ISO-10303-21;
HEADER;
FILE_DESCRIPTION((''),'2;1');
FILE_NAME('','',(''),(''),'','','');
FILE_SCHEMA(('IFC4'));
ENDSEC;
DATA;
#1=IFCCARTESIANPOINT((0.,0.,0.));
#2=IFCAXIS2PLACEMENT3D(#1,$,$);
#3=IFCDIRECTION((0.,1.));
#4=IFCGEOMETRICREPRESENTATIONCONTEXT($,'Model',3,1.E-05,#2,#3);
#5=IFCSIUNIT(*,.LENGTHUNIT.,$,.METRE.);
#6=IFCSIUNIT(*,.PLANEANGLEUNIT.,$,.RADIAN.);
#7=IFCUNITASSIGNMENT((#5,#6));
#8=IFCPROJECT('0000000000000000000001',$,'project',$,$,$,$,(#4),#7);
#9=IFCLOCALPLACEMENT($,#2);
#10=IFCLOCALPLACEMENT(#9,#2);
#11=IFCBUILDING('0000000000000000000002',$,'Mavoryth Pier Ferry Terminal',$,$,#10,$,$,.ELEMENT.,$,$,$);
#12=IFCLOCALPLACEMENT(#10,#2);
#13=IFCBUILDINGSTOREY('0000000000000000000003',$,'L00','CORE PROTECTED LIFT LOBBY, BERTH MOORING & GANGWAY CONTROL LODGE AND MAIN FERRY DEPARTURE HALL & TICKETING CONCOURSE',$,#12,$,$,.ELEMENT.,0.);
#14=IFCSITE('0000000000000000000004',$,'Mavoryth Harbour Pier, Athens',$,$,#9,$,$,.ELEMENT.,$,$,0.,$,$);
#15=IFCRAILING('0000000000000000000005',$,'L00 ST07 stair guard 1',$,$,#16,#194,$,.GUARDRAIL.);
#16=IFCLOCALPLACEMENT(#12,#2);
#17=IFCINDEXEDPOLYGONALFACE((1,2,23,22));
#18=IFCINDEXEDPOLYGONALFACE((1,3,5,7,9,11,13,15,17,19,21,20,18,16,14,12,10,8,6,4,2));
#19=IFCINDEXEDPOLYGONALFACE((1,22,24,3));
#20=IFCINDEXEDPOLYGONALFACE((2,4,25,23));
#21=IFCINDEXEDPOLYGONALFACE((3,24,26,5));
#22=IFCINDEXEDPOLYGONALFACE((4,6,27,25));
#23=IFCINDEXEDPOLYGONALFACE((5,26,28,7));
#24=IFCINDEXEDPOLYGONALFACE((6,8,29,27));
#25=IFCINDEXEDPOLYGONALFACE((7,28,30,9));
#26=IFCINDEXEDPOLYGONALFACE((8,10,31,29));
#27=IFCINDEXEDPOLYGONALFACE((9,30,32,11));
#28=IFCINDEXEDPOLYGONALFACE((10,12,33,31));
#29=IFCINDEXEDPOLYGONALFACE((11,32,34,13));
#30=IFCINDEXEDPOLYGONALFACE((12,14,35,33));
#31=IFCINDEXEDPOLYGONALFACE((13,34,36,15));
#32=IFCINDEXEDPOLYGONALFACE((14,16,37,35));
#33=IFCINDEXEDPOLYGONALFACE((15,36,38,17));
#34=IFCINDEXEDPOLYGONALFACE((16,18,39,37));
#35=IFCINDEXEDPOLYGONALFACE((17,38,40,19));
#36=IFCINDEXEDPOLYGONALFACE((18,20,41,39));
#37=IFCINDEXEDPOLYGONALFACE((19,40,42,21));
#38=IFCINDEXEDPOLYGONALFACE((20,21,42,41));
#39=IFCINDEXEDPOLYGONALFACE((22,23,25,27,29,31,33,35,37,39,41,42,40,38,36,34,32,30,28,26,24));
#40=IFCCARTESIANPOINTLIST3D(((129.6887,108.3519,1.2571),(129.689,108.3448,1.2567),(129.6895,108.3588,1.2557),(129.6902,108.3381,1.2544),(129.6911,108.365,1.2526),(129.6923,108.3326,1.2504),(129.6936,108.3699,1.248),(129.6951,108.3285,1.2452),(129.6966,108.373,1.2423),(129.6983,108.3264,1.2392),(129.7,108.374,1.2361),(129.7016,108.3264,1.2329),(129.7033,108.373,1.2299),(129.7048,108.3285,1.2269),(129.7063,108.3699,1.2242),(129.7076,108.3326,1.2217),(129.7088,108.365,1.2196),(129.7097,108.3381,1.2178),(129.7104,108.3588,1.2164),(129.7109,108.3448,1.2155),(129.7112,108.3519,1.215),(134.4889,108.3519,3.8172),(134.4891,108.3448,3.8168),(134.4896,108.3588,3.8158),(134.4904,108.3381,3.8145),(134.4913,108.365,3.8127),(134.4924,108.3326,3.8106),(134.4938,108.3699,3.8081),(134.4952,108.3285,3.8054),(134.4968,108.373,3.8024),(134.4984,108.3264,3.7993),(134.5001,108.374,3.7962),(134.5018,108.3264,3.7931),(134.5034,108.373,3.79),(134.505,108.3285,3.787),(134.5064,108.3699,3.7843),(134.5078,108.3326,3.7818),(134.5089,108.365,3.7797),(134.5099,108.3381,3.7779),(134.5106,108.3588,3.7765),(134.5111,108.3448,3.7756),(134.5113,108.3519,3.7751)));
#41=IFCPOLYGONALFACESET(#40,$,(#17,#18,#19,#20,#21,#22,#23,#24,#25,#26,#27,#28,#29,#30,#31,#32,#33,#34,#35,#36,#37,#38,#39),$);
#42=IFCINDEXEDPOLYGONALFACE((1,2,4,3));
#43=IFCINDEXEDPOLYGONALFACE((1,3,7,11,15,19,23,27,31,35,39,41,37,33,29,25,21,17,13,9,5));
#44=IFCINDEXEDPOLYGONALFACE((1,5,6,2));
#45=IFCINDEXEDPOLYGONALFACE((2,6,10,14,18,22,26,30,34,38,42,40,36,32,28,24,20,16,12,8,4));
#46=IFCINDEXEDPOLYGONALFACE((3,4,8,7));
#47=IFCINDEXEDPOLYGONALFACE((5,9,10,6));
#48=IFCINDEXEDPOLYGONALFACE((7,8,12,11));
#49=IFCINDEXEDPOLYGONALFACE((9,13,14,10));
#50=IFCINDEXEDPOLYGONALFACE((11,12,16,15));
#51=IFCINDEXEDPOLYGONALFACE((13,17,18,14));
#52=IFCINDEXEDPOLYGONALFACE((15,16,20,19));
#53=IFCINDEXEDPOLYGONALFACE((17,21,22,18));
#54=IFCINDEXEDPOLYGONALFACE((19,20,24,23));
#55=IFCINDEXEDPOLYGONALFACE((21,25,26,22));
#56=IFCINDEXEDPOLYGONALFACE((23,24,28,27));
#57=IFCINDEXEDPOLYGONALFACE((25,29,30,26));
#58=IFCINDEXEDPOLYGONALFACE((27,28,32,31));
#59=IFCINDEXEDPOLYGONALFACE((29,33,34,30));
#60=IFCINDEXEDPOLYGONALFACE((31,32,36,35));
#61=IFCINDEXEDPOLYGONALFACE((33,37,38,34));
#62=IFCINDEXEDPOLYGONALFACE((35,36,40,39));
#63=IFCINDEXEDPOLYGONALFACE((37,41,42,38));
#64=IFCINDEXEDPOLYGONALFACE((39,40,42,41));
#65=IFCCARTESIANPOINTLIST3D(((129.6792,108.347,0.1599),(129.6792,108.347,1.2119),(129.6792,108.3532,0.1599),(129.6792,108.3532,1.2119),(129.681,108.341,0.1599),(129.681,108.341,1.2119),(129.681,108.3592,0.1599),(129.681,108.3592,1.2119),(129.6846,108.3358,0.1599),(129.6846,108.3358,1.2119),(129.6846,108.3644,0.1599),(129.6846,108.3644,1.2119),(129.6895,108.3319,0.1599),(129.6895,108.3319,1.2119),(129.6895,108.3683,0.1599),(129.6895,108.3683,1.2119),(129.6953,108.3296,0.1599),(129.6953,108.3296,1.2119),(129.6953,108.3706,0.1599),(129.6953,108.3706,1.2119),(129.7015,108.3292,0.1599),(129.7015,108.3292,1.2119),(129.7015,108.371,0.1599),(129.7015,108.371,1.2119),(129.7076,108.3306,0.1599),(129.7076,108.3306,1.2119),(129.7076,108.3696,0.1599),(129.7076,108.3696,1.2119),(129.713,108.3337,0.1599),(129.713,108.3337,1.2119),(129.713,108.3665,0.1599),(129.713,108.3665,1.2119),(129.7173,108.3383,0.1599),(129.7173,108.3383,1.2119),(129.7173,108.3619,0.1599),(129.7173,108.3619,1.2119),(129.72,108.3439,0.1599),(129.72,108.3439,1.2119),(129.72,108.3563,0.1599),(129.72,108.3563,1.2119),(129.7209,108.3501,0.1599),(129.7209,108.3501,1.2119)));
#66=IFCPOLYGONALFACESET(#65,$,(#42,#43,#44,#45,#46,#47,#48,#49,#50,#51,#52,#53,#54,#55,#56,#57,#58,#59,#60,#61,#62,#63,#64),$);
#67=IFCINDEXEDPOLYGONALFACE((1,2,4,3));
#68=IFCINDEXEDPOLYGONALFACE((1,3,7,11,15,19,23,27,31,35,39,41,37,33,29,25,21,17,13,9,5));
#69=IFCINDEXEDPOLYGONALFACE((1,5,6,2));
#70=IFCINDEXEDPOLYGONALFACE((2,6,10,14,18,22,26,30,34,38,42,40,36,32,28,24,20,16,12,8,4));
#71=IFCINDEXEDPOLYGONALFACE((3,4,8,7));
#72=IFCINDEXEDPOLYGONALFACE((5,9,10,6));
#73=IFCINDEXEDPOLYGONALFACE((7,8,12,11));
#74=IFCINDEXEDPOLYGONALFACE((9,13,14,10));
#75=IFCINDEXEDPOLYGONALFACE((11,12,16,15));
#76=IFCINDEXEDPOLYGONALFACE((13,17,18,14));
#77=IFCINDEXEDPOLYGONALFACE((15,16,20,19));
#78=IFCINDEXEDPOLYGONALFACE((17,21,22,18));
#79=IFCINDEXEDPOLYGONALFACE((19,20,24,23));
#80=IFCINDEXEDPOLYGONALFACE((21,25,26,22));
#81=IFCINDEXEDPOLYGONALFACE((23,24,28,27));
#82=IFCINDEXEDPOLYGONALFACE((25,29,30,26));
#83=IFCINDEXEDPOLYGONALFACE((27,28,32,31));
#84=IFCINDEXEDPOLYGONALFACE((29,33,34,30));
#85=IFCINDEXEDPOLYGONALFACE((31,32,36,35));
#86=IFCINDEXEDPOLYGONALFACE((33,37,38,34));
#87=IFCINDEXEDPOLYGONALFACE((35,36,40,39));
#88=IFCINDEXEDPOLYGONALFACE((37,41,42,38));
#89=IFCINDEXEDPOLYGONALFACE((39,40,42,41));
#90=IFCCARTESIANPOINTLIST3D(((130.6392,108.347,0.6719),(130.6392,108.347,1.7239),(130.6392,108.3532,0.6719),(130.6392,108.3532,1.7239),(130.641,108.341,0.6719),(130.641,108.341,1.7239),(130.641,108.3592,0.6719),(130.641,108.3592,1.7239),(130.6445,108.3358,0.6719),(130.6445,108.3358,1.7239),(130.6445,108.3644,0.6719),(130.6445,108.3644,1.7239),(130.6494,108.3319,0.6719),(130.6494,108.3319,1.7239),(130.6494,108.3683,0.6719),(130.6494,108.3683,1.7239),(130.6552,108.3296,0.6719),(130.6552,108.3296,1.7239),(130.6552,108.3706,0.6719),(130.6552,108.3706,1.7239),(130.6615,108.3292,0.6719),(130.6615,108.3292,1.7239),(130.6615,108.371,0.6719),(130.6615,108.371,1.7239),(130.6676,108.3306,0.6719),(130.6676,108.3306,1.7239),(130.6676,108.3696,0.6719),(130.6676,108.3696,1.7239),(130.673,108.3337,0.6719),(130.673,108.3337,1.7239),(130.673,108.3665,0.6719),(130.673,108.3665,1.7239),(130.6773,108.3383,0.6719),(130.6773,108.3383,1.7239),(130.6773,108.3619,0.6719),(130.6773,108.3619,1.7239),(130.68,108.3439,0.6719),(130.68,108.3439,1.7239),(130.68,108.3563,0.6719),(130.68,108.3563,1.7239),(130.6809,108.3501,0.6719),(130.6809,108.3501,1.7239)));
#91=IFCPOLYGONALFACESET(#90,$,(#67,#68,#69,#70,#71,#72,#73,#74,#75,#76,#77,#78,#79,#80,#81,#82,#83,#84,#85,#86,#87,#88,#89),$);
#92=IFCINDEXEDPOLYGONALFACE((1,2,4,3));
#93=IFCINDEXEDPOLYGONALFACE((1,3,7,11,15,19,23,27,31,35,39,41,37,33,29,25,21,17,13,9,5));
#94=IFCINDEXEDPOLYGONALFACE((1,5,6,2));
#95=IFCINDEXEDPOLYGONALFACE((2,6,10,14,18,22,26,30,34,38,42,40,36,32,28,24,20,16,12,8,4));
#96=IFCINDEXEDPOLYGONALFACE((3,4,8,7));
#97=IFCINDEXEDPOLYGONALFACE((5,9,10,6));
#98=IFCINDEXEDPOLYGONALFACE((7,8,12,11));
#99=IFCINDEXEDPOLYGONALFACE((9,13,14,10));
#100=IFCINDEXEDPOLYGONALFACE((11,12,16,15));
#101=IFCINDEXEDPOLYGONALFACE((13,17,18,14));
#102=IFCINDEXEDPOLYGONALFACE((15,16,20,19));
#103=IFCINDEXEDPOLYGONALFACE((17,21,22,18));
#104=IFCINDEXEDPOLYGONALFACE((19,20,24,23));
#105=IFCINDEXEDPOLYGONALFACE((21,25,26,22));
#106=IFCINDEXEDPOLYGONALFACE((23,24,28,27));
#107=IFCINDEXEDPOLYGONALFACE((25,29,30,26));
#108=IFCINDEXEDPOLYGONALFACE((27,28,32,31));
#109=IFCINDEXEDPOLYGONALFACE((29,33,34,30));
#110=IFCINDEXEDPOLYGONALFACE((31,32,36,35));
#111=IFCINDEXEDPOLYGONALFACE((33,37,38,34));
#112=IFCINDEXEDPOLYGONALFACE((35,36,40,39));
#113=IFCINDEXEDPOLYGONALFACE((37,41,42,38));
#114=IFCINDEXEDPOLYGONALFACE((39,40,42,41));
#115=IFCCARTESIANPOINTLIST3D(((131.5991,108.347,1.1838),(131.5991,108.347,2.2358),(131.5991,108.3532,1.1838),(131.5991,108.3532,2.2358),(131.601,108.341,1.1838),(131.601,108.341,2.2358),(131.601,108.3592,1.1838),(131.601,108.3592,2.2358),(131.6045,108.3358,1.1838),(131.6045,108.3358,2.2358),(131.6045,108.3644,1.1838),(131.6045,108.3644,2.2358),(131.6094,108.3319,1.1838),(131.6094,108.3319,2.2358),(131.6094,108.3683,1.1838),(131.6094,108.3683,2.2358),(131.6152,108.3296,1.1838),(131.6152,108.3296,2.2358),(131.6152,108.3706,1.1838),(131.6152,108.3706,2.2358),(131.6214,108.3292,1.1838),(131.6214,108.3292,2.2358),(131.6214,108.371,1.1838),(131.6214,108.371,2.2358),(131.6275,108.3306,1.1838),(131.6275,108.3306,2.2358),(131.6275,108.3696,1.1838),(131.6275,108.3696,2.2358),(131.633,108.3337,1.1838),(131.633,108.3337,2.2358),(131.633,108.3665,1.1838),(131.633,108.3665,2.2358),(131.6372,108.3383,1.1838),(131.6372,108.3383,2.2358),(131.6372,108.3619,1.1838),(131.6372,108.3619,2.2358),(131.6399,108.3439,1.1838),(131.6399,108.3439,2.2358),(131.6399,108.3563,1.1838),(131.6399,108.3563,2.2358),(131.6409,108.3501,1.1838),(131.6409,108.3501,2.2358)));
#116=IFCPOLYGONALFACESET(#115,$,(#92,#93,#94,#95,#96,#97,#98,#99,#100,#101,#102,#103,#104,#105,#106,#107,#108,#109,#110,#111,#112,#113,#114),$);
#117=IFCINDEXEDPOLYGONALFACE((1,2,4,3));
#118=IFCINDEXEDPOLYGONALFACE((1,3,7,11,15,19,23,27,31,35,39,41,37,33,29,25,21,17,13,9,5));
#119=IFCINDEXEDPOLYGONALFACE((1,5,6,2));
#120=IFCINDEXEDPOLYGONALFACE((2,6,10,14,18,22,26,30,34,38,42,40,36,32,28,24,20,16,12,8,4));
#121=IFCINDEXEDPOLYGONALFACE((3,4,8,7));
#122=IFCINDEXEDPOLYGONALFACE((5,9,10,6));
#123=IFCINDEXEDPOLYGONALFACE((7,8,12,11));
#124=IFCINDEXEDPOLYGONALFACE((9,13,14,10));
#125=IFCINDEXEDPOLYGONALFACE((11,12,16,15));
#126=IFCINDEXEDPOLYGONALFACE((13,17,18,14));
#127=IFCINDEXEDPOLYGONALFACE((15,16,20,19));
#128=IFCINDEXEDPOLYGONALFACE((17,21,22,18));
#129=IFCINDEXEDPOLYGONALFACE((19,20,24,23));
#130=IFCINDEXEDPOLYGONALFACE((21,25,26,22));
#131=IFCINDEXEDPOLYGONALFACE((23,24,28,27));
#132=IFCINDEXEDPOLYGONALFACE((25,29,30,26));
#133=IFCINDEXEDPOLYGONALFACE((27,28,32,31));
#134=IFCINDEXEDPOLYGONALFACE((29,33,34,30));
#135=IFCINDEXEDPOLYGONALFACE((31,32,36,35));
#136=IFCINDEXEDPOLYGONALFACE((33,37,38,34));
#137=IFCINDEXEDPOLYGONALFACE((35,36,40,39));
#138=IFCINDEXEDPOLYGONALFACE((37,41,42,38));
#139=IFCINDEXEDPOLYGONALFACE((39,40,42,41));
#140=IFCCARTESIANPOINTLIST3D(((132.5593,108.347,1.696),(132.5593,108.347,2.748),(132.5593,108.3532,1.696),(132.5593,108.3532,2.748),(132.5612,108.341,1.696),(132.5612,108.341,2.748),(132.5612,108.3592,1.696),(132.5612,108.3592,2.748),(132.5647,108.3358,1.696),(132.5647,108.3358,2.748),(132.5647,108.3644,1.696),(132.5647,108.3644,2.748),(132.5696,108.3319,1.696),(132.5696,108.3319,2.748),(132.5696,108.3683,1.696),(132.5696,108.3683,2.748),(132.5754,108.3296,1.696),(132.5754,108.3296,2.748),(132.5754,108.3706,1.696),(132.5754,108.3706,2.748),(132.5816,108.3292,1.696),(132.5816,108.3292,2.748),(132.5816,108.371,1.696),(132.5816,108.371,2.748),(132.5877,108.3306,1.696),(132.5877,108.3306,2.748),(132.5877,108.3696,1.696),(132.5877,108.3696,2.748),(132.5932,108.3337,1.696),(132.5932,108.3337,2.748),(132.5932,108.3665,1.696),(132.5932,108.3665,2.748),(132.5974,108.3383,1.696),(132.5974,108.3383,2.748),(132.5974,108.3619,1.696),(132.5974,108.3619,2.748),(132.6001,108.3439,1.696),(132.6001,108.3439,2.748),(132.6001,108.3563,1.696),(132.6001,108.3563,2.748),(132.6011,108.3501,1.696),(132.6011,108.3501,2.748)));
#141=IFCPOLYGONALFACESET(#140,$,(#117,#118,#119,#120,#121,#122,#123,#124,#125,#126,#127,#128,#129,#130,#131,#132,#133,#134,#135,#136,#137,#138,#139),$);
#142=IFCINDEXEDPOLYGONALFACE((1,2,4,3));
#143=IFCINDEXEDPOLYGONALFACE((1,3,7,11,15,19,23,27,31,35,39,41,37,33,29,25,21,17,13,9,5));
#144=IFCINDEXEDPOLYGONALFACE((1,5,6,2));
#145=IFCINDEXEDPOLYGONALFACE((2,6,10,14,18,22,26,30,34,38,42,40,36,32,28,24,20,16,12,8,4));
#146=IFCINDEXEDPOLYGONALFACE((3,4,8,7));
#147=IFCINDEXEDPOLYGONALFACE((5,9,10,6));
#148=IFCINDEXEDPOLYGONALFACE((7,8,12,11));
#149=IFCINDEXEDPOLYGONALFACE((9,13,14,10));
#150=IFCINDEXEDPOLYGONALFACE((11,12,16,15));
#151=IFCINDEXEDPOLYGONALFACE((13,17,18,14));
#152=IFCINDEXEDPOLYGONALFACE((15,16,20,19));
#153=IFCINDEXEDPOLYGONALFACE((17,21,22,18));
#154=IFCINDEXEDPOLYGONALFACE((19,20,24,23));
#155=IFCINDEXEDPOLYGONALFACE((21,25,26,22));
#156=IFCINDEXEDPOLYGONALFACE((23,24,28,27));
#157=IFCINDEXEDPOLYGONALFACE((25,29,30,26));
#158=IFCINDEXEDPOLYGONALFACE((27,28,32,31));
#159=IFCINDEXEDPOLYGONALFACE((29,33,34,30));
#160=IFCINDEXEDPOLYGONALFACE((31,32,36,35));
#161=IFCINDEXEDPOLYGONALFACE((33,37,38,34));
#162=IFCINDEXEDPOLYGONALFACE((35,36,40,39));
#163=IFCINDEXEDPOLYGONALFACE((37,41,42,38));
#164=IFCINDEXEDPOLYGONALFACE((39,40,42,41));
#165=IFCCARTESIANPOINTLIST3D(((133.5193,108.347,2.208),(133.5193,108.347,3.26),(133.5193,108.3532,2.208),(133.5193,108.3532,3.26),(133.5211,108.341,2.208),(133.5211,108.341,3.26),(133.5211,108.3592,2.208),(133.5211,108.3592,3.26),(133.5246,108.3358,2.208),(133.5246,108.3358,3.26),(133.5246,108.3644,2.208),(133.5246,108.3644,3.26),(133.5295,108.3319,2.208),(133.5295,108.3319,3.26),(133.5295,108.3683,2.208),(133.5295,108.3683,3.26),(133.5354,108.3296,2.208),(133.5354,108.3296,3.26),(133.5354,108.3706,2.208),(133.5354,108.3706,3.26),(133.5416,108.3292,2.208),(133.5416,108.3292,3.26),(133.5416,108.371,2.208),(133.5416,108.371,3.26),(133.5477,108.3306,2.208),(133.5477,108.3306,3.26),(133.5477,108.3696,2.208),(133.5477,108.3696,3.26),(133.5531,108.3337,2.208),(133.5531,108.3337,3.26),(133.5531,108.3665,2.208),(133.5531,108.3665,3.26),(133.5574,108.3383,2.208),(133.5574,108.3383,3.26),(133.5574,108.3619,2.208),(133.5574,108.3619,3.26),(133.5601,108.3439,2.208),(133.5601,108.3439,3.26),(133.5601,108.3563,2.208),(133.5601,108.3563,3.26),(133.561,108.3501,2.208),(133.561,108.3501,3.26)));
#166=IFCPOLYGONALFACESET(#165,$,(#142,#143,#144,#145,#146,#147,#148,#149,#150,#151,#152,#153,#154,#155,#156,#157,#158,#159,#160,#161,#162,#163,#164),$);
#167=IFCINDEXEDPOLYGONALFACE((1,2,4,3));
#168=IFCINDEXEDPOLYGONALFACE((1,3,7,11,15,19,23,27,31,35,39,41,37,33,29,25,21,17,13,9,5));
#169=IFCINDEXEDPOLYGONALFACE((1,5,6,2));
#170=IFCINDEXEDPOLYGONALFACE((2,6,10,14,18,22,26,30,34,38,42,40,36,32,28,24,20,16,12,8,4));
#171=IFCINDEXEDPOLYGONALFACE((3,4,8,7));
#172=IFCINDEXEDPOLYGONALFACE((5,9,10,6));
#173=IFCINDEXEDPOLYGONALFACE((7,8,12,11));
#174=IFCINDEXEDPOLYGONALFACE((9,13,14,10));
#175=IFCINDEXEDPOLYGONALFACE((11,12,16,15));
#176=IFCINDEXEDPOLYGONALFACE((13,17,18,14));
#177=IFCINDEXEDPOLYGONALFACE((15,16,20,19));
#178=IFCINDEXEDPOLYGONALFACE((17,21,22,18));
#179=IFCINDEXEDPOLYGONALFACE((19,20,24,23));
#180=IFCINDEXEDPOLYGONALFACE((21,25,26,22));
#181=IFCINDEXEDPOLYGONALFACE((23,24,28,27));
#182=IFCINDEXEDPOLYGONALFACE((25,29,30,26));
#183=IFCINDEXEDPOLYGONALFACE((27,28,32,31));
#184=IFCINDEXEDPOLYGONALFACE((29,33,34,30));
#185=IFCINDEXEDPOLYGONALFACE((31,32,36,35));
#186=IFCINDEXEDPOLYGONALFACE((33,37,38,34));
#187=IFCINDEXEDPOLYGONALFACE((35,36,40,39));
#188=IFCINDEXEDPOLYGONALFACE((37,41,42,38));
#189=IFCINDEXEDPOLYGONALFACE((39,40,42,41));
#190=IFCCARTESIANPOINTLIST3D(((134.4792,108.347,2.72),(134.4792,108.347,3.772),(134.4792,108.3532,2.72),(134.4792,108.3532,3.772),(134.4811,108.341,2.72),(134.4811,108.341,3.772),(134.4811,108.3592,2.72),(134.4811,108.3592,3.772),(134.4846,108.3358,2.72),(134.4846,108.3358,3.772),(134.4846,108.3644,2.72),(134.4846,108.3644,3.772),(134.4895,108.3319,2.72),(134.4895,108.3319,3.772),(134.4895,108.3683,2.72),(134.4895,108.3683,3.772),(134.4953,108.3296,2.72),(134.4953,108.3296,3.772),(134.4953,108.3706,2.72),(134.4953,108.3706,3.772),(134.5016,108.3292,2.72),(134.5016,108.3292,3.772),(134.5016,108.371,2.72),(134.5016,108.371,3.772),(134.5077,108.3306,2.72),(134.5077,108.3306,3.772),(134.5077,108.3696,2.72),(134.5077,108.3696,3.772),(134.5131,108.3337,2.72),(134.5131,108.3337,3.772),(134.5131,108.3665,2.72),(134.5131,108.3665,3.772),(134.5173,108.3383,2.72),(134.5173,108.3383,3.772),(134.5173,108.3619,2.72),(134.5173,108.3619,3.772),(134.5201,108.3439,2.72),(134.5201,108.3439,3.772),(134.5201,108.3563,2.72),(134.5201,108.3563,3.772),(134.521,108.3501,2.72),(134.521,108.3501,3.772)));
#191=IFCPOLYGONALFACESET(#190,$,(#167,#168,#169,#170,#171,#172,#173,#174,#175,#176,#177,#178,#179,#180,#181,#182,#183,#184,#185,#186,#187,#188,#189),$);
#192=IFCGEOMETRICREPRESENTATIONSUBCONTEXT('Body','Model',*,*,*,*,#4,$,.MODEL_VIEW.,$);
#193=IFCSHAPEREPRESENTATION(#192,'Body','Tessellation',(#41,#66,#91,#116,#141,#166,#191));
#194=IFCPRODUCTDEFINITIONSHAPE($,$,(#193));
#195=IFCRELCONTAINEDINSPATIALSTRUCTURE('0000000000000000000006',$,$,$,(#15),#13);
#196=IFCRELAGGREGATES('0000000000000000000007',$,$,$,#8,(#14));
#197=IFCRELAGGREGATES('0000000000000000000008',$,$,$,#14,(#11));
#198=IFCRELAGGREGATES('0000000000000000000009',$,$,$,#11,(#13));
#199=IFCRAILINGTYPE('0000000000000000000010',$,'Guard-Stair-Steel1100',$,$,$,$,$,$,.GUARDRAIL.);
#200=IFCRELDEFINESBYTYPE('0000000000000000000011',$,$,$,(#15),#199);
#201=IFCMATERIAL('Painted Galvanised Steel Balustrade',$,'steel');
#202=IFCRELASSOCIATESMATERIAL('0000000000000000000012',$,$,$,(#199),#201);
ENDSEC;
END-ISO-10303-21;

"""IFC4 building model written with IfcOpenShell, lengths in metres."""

from ifc_helpers import new_model, si_unit, direction, frame, origin, origin_2d, place, context, subcontext, project, spatial, circle, extrude, material, type_object, element, save


model = new_model("IFC4")

# Units and contexts
model_context = context("Model", 3, precision=1e-05, world=origin(), true_north=direction((0.0, 1.0)))
body_context = subcontext(model_context, "Body", "Model", "MODEL_VIEW")
ifc_project = project(units=[si_unit("LENGTHUNIT", "METRE"), si_unit("PLANEANGLEUNIT", "RADIAN")], contexts=[model_context])

# Site, building, storey
site_placement = place(None, origin())
site = spatial("IfcSite", under=ifc_project, at=site_placement, Name="Mavoryth Harbour Pier, Athens", CompositionType="ELEMENT", RefElevation=0.0)
building_placement = place(site_placement, origin())
building = spatial("IfcBuilding", under=site, at=building_placement, Name="Mavoryth Pier Ferry Terminal", CompositionType="ELEMENT")
storey_placement = place(building_placement, origin())
storey = spatial("IfcBuildingStorey", under=building, at=storey_placement, Name="L00", Description="CORE PROTECTED LIFT LOBBY, BERTH MOORING & GANGWAY CONTROL LODGE AND MAIN FERRY DEPARTURE HALL & TICKETING CONCOURSE", CompositionType="ELEMENT", Elevation=0.0)

# Railing
ifc_material_1 = material(Name="Painted Galvanised Steel Balustrade", Category="steel")
railing_type_1 = type_object("IfcRailingType", Name="Guard-Stair-Steel1100", PredefinedType="GUARDRAIL", material=ifc_material_1)
railing_1_placement = place(storey_placement, frame((129.7, 108.3501, 0.1599)))
element("IfcRailing", 1, at=railing_1_placement, inside=storey, type_object=railing_type_1, Name="L00 ST07 stair guard 1", PredefinedType="GUARDRAIL", context=body_context, shape_type="SweptSolid", body=[
    extrude(circle(Radius=0.0239, at=origin_2d()), frame((0.0, 0.0, 1.0762), z_axis=(0.88235, 0.0, 0.470593), x_axis=(0.0, 1.0, 0.0)), (0.0, 0.0, 1.0), 5.4402),
    extrude(circle(Radius=0.021, at=origin_2d()), origin(), (0.0, 0.0, 1.0), 1.052),
    extrude(circle(Radius=0.021, at=origin_2d()), frame((0.96, 0.0, 0.512)), (0.0, 0.0, 1.0), 1.052),
    extrude(circle(Radius=0.021, at=origin_2d()), frame((1.9199, 0.0, 1.0239)), (0.0, 0.0, 1.0), 1.052),
    extrude(circle(Radius=0.021, at=origin_2d()), frame((2.8801, 0.0, 1.5361)), (0.0, 0.0, 1.0), 1.052),
    extrude(circle(Radius=0.021, at=origin_2d()), frame((3.8401, 0.0, 2.0481)), (0.0, 0.0, 1.0), 1.052),
    extrude(circle(Radius=0.021, at=origin_2d()), frame((4.8, 0.0, 2.5601)), (0.0, 0.0, 1.0), 1.052),
])

save(model, "model.ifc")
